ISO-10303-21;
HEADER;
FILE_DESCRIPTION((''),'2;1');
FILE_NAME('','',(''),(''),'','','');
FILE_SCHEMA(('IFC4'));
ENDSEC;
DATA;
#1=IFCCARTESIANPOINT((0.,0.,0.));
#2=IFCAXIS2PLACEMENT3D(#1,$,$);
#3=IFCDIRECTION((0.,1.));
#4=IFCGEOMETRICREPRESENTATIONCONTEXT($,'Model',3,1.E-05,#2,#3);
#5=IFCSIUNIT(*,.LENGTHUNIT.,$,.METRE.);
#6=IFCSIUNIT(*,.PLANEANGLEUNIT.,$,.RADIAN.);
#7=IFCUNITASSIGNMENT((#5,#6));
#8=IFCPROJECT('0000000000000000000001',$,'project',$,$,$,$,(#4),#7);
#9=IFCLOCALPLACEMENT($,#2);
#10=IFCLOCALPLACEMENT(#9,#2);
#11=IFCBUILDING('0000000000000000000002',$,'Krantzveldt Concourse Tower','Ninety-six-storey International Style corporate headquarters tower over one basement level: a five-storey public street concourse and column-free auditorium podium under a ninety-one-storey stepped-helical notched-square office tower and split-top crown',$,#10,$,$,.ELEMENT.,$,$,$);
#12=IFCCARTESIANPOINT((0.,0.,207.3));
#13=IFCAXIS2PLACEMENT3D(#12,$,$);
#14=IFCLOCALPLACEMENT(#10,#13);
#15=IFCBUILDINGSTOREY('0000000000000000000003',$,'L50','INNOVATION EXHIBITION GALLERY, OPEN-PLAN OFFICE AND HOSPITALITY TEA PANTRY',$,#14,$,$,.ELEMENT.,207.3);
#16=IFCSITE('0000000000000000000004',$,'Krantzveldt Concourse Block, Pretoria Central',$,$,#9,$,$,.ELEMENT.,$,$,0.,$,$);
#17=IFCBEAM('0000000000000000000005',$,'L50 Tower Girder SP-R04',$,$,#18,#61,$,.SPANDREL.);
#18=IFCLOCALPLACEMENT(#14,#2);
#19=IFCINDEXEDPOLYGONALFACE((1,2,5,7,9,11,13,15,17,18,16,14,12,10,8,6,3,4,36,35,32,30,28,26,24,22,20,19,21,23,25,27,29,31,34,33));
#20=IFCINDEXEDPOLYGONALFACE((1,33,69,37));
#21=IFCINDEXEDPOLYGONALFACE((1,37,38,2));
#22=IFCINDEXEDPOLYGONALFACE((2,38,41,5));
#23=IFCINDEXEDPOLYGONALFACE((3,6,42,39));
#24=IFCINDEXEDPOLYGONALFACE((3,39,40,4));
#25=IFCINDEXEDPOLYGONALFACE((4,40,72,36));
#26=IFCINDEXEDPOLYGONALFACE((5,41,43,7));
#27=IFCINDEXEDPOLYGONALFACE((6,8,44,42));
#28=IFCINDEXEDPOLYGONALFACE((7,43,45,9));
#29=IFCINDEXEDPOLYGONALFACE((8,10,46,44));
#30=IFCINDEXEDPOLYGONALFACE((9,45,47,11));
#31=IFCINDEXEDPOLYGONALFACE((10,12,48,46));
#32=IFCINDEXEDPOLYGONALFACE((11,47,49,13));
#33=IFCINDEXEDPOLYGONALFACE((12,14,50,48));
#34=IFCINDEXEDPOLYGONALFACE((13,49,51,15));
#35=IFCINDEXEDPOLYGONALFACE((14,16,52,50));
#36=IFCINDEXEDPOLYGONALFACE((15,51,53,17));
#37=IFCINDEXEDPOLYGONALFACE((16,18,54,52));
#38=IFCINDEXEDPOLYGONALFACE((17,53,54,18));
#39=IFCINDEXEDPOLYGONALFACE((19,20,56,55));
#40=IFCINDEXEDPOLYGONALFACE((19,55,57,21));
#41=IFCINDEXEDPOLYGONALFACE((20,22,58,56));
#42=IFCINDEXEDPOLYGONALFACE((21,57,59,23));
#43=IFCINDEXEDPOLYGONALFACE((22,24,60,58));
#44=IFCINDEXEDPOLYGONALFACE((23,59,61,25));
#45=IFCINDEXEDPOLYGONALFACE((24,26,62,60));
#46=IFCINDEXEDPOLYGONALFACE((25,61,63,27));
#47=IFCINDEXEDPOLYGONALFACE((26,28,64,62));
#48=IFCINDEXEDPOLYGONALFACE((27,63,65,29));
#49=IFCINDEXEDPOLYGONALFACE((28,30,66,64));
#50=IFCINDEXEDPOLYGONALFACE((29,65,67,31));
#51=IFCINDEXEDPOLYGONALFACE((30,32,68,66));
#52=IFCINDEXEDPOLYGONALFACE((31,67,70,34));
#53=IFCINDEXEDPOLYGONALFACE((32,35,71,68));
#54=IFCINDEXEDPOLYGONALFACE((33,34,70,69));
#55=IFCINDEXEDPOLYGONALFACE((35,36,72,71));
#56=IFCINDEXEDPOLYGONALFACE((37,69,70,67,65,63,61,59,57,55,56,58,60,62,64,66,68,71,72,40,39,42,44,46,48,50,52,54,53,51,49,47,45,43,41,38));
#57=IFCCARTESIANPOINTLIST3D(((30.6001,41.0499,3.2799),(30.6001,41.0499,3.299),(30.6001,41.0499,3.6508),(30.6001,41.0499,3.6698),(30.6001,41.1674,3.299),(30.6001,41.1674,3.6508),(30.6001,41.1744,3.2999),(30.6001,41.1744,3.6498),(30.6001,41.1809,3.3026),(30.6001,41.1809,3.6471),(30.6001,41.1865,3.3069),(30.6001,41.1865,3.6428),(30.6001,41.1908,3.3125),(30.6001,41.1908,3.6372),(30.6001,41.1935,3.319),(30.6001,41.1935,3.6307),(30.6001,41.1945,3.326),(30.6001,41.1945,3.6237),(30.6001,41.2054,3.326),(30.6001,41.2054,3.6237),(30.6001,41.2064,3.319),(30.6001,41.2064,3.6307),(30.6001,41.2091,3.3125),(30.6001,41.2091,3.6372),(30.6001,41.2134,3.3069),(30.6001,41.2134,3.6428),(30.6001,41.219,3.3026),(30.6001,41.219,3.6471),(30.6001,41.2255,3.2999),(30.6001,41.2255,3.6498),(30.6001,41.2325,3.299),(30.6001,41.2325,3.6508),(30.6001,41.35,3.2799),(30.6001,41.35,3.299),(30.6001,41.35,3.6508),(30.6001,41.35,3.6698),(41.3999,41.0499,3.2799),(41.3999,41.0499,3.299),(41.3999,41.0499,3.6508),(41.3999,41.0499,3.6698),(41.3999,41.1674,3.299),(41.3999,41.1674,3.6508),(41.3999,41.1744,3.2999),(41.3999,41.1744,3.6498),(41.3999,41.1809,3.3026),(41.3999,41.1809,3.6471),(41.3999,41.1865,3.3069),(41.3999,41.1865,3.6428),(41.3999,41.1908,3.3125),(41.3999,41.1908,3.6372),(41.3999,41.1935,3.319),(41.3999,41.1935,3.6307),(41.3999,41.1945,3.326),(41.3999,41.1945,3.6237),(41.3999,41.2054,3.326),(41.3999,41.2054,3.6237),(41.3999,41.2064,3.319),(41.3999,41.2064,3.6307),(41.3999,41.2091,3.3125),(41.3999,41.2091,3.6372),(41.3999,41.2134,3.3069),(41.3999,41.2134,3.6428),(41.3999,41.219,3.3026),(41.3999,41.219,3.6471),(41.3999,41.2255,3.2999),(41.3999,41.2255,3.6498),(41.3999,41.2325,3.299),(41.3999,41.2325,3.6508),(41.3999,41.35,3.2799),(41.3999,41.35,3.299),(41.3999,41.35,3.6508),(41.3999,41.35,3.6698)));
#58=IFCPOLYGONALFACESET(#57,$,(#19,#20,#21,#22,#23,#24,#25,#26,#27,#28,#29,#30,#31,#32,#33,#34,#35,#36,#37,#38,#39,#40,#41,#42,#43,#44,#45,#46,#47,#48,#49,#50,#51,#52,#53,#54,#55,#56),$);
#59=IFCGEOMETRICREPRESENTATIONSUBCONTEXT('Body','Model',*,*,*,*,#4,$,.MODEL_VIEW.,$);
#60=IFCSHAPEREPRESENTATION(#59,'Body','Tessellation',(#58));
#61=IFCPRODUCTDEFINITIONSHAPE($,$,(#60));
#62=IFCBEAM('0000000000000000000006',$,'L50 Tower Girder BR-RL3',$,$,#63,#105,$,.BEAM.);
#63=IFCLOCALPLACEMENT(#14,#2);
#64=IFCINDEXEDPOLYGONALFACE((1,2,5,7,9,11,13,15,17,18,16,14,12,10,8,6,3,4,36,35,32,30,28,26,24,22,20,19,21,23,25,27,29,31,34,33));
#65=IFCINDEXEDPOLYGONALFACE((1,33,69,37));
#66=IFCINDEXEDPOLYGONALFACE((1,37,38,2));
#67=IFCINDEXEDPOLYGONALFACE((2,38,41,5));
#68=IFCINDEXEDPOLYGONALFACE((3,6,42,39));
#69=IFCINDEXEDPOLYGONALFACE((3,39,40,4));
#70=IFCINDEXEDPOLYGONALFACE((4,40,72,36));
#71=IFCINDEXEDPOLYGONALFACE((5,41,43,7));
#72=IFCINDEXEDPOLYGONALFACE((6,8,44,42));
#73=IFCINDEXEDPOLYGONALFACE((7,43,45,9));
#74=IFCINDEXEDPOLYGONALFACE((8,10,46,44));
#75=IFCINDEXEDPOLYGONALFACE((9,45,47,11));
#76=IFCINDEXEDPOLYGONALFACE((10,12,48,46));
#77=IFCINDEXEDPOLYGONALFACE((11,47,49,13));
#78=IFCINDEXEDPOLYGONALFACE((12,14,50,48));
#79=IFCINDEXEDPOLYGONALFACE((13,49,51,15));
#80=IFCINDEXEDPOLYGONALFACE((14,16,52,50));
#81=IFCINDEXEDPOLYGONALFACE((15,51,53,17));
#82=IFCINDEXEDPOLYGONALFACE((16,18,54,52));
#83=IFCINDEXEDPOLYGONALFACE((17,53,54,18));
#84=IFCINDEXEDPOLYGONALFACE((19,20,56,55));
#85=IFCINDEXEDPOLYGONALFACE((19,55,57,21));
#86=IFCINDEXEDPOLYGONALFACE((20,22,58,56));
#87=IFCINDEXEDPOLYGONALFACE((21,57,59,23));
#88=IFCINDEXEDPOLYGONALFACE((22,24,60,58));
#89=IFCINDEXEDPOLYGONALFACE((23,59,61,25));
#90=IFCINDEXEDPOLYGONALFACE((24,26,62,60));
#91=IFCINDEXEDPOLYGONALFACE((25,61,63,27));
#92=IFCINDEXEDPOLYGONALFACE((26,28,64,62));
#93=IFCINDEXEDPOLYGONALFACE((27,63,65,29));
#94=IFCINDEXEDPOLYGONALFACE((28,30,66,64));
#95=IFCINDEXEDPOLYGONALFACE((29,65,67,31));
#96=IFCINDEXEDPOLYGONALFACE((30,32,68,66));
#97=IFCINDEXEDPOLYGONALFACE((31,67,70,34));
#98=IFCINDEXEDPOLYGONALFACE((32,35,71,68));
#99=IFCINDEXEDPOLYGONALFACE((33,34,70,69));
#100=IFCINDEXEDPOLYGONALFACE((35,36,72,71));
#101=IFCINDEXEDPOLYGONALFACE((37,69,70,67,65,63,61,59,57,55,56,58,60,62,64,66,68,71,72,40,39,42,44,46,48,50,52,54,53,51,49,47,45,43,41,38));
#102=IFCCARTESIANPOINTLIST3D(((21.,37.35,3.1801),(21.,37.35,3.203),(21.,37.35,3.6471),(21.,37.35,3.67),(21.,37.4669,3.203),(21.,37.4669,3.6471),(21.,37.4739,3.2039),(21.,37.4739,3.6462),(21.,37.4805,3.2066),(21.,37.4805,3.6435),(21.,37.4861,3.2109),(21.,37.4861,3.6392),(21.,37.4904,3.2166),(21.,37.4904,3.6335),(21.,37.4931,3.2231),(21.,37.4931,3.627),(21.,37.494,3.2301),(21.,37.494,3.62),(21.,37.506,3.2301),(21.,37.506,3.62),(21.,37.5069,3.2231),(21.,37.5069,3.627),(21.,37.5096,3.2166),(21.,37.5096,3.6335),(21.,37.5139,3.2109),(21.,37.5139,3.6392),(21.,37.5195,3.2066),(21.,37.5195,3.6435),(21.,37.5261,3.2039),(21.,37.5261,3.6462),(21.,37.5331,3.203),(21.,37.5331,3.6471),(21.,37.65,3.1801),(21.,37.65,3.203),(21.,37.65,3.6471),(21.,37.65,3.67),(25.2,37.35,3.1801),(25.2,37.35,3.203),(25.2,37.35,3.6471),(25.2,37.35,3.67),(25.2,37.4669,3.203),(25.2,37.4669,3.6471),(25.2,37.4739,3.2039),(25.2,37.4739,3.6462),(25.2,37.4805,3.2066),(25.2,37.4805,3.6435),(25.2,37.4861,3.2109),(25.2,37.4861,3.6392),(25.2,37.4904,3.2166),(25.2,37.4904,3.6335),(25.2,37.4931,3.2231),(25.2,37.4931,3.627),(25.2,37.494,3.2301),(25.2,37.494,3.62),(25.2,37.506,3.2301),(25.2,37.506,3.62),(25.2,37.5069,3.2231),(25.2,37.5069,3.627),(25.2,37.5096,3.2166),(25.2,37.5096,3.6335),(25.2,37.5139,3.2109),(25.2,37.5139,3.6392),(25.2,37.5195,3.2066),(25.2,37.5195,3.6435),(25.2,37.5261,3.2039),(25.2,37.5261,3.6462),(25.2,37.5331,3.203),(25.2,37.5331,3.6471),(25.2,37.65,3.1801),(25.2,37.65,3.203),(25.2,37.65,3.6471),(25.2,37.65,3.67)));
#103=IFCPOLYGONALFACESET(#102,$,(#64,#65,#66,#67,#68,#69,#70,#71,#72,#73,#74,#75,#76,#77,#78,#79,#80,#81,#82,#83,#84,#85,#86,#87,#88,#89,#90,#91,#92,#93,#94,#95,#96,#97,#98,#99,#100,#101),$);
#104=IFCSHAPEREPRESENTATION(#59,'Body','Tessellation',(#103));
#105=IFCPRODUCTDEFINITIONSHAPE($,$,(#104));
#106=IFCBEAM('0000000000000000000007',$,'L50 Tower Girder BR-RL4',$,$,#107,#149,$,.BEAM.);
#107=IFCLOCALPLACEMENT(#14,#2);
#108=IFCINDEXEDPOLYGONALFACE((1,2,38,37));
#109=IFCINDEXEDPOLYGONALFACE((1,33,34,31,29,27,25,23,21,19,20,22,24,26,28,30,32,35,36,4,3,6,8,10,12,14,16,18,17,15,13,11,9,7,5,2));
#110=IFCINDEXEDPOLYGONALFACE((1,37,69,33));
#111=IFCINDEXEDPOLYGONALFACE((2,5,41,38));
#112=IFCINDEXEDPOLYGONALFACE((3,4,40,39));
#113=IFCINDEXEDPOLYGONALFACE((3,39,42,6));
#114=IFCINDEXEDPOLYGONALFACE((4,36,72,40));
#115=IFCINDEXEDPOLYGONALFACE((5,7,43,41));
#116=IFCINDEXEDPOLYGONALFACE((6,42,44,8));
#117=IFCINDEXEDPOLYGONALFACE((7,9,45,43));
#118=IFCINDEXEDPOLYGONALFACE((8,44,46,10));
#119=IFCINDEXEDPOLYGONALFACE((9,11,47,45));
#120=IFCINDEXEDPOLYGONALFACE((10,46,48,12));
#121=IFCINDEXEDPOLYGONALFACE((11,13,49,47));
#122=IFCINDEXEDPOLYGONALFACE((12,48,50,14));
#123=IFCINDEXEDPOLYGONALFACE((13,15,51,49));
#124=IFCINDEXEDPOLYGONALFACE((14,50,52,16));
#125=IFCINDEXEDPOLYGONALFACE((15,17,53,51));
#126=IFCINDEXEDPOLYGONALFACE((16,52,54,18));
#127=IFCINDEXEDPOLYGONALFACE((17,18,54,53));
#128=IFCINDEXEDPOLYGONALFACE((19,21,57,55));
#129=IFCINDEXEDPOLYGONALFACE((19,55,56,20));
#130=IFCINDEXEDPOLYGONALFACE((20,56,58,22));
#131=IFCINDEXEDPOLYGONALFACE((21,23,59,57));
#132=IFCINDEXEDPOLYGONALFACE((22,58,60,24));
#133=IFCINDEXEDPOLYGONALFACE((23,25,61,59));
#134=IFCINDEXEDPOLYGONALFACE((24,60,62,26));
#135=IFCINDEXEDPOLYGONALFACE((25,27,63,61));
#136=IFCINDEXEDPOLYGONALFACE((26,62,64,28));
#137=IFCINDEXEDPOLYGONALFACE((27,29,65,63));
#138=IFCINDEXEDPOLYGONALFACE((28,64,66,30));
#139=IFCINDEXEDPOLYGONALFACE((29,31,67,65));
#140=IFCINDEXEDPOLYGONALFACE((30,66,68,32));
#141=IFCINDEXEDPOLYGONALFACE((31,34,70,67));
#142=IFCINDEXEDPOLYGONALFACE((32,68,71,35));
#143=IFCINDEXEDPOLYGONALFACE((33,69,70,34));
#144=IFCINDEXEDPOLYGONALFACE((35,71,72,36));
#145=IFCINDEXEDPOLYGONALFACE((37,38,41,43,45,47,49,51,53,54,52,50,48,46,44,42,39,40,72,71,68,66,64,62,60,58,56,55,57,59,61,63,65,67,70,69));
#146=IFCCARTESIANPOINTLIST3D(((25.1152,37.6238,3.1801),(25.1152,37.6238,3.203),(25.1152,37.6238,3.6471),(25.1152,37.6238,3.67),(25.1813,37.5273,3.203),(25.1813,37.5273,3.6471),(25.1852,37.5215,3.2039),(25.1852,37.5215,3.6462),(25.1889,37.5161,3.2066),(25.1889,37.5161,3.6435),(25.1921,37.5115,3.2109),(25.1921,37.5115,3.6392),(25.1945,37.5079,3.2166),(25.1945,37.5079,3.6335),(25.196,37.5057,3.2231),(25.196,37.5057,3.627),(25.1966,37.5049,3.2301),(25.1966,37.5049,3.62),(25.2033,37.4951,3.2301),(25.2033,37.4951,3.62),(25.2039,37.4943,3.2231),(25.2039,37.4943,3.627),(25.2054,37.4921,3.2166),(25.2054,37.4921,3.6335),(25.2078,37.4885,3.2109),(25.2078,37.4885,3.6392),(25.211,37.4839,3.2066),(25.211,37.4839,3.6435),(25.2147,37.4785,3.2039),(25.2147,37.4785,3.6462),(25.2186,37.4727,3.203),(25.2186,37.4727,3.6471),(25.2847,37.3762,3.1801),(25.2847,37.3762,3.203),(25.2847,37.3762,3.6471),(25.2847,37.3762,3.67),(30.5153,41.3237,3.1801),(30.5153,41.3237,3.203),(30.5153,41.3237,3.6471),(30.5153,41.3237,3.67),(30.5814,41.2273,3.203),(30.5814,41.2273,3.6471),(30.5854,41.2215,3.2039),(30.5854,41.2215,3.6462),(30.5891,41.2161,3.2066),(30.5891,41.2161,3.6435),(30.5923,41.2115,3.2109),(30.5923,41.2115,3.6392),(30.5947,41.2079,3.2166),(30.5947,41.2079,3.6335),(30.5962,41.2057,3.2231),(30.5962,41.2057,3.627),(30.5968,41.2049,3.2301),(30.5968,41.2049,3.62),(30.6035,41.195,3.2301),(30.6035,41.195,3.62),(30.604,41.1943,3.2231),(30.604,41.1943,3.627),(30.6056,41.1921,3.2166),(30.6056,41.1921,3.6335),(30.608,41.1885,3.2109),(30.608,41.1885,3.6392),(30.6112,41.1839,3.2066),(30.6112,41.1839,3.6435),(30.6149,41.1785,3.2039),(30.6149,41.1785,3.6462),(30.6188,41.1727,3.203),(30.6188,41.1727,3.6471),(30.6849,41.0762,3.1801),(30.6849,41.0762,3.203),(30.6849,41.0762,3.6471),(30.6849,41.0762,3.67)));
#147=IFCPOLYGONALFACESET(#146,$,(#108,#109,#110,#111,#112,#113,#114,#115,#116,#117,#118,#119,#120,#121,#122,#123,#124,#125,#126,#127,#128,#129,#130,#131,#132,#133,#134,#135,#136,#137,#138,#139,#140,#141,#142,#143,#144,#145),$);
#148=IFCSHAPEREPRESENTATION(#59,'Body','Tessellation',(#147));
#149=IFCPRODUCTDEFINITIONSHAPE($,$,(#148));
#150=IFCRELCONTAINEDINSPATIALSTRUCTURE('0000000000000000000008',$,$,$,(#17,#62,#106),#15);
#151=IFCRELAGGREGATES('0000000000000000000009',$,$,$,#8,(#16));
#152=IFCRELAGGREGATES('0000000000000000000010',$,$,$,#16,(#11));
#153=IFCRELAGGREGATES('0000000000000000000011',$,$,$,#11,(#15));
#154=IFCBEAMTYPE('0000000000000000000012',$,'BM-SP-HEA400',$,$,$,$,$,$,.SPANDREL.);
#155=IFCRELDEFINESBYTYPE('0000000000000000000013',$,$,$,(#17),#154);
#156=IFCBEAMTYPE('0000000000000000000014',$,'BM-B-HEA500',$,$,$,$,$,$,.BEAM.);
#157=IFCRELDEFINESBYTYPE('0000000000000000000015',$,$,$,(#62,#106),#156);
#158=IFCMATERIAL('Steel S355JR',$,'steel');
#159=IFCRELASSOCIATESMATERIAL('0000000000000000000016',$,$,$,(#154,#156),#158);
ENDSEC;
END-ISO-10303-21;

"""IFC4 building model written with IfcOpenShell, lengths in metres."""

from ifc_helpers import new_model, si_unit, direction, frame, origin, origin_2d, place, context, subcontext, project, spatial, i_section, extrude, source, transform, mapped, material, material_profile, profile_set, type_object, type_shapes, element, save


model = new_model("IFC4")

# Units and contexts
model_context = context("Model", 3, precision=1e-05, world=origin(), true_north=direction((0.0, 1.0)))
body_context = subcontext(model_context, "Body", "Model", "MODEL_VIEW")
ifc_project = project(units=[si_unit("LENGTHUNIT", "METRE"), si_unit("PLANEANGLEUNIT", "RADIAN")], contexts=[model_context])

# Site, building, storey
site_placement = place(None, origin())
site = spatial("IfcSite", under=ifc_project, at=site_placement, Name="Krantzveldt Concourse Block, Pretoria Central", CompositionType="ELEMENT", RefElevation=0.0)
building_placement = place(site_placement, origin())
building = spatial("IfcBuilding", under=site, at=building_placement, Name="Krantzveldt Concourse Tower", Description="Ninety-six-storey International Style corporate headquarters tower over one basement level: a five-storey public street concourse and column-free auditorium podium under a ninety-one-storey stepped-helical notched-square office tower and split-top crown", CompositionType="ELEMENT")
storey_placement = place(building_placement, frame((0.0, 0.0, 207.3)))
storey = spatial("IfcBuildingStorey", under=building, at=storey_placement, Name="L50", Description="INNOVATION EXHIBITION GALLERY, OPEN-PLAN OFFICE AND HOSPITALITY TEA PANTRY", CompositionType="ELEMENT", Elevation=207.3)

# Beams
ifc_material_1 = material(Name="Steel S355JR", Category="steel")
ifc_material_profile_1 = material_profile(ifc_material_1, i_section(OverallWidth=0.3, OverallDepth=0.3899, WebThickness=0.011, FlangeThickness=0.019, FilletRadius=0.0271, at=origin_2d()), Name="Steel S355JR", Category="steel")
ifc_profile_set_1 = profile_set([ifc_material_profile_1], Name="Steel S355JR - HEA 400")
beam_type_1 = type_object("IfcBeamType", Name="BM-SP-HEA400", PredefinedType="SPANDREL", material=ifc_profile_set_1)
shared_shape_1 = source(origin(), body_context, "Body", "SweptSolid", [
    extrude(i_section(OverallWidth=0.3, OverallDepth=0.3899, WebThickness=0.011, FlangeThickness=0.019, FilletRadius=0.0271, at=origin_2d()), origin(), (0.0, 0.0, 1.0), 10.7998),
])
beam_1_placement = place(storey_placement, frame((30.6001, 41.2, 3.4749), z_axis=(1.0, 0.0, 0.0), x_axis=(0.0, 1.0, 0.0)))
element("IfcBeam", 1, at=beam_1_placement, inside=storey, type_object=beam_type_1, Name="L50 Tower Girder SP-R04", PredefinedType="SPANDREL", context=body_context, shape_type="MappedRepresentation", body=[
    mapped(shared_shape_1, transform((0.0, 0.0, 0.0), x_axis=(1.0, 0.0, 0.0), y_axis=(0.0, 1.0, 0.0), z_axis=(0.0, 0.0, 1.0), scale=1.0)),
])
ifc_material_profile_2 = material_profile(ifc_material_1, i_section(OverallWidth=0.3, OverallDepth=0.49, WebThickness=0.012, FlangeThickness=0.0229, FilletRadius=0.0271, at=origin_2d()), Name="Steel S355JR", Category="steel")
ifc_profile_set_2 = profile_set([ifc_material_profile_2], Name="Steel S355JR - HEA 500")
beam_type_2 = type_object("IfcBeamType", Name="BM-B-HEA500", PredefinedType="BEAM", material=ifc_profile_set_2)
shared_shape_2 = source(origin(), body_context, "Body", "SweptSolid", [
    extrude(i_section(OverallWidth=0.3, OverallDepth=0.49, WebThickness=0.012, FlangeThickness=0.0229, FilletRadius=0.0271, at=origin_2d()), origin(), (0.0, 0.0, 1.0), 4.2),
])
beam_2_placement = place(storey_placement, frame((21.0, 37.5, 3.425), z_axis=(1.0, 0.0, 0.0), x_axis=(0.0, 1.0, 0.0)))
element("IfcBeam", 2, at=beam_2_placement, inside=storey, type_object=beam_type_2, Name="L50 Tower Girder BR-RL3", PredefinedType="BEAM", context=body_context, shape_type="MappedRepresentation", body=[
    mapped(shared_shape_2, transform((0.0, 0.0, 0.0), x_axis=(1.0, 0.0, 0.0), y_axis=(0.0, 1.0, 0.0), z_axis=(0.0, 0.0, 1.0), scale=1.0)),
])
shared_shape_3 = source(origin(), body_context, "Body", "SweptSolid", [
    extrude(i_section(OverallWidth=0.3, OverallDepth=0.49, WebThickness=0.012, FlangeThickness=0.0229, FilletRadius=0.0271, at=origin_2d()), origin(), (0.0, 0.0, 1.0), 6.5461),
])
type_shapes(beam_type_2, [shared_shape_2, shared_shape_3])
beam_3_placement = place(storey_placement, frame((25.2, 37.5, 3.425), z_axis=(0.824943, 0.565216, 0.0), x_axis=(-0.565216, 0.824943, 0.0)))
element("IfcBeam", 3, at=beam_3_placement, inside=storey, type_object=beam_type_2, Name="L50 Tower Girder BR-RL4", PredefinedType="BEAM", context=body_context, shape_type="MappedRepresentation", body=[
    mapped(shared_shape_3, transform((0.0, 0.0, 0.0), x_axis=(1.0, 0.0, 0.0), y_axis=(0.0, 1.0, 0.0), z_axis=(0.0, 0.0, 1.0), scale=1.0)),
])

save(model, "model.ifc")
